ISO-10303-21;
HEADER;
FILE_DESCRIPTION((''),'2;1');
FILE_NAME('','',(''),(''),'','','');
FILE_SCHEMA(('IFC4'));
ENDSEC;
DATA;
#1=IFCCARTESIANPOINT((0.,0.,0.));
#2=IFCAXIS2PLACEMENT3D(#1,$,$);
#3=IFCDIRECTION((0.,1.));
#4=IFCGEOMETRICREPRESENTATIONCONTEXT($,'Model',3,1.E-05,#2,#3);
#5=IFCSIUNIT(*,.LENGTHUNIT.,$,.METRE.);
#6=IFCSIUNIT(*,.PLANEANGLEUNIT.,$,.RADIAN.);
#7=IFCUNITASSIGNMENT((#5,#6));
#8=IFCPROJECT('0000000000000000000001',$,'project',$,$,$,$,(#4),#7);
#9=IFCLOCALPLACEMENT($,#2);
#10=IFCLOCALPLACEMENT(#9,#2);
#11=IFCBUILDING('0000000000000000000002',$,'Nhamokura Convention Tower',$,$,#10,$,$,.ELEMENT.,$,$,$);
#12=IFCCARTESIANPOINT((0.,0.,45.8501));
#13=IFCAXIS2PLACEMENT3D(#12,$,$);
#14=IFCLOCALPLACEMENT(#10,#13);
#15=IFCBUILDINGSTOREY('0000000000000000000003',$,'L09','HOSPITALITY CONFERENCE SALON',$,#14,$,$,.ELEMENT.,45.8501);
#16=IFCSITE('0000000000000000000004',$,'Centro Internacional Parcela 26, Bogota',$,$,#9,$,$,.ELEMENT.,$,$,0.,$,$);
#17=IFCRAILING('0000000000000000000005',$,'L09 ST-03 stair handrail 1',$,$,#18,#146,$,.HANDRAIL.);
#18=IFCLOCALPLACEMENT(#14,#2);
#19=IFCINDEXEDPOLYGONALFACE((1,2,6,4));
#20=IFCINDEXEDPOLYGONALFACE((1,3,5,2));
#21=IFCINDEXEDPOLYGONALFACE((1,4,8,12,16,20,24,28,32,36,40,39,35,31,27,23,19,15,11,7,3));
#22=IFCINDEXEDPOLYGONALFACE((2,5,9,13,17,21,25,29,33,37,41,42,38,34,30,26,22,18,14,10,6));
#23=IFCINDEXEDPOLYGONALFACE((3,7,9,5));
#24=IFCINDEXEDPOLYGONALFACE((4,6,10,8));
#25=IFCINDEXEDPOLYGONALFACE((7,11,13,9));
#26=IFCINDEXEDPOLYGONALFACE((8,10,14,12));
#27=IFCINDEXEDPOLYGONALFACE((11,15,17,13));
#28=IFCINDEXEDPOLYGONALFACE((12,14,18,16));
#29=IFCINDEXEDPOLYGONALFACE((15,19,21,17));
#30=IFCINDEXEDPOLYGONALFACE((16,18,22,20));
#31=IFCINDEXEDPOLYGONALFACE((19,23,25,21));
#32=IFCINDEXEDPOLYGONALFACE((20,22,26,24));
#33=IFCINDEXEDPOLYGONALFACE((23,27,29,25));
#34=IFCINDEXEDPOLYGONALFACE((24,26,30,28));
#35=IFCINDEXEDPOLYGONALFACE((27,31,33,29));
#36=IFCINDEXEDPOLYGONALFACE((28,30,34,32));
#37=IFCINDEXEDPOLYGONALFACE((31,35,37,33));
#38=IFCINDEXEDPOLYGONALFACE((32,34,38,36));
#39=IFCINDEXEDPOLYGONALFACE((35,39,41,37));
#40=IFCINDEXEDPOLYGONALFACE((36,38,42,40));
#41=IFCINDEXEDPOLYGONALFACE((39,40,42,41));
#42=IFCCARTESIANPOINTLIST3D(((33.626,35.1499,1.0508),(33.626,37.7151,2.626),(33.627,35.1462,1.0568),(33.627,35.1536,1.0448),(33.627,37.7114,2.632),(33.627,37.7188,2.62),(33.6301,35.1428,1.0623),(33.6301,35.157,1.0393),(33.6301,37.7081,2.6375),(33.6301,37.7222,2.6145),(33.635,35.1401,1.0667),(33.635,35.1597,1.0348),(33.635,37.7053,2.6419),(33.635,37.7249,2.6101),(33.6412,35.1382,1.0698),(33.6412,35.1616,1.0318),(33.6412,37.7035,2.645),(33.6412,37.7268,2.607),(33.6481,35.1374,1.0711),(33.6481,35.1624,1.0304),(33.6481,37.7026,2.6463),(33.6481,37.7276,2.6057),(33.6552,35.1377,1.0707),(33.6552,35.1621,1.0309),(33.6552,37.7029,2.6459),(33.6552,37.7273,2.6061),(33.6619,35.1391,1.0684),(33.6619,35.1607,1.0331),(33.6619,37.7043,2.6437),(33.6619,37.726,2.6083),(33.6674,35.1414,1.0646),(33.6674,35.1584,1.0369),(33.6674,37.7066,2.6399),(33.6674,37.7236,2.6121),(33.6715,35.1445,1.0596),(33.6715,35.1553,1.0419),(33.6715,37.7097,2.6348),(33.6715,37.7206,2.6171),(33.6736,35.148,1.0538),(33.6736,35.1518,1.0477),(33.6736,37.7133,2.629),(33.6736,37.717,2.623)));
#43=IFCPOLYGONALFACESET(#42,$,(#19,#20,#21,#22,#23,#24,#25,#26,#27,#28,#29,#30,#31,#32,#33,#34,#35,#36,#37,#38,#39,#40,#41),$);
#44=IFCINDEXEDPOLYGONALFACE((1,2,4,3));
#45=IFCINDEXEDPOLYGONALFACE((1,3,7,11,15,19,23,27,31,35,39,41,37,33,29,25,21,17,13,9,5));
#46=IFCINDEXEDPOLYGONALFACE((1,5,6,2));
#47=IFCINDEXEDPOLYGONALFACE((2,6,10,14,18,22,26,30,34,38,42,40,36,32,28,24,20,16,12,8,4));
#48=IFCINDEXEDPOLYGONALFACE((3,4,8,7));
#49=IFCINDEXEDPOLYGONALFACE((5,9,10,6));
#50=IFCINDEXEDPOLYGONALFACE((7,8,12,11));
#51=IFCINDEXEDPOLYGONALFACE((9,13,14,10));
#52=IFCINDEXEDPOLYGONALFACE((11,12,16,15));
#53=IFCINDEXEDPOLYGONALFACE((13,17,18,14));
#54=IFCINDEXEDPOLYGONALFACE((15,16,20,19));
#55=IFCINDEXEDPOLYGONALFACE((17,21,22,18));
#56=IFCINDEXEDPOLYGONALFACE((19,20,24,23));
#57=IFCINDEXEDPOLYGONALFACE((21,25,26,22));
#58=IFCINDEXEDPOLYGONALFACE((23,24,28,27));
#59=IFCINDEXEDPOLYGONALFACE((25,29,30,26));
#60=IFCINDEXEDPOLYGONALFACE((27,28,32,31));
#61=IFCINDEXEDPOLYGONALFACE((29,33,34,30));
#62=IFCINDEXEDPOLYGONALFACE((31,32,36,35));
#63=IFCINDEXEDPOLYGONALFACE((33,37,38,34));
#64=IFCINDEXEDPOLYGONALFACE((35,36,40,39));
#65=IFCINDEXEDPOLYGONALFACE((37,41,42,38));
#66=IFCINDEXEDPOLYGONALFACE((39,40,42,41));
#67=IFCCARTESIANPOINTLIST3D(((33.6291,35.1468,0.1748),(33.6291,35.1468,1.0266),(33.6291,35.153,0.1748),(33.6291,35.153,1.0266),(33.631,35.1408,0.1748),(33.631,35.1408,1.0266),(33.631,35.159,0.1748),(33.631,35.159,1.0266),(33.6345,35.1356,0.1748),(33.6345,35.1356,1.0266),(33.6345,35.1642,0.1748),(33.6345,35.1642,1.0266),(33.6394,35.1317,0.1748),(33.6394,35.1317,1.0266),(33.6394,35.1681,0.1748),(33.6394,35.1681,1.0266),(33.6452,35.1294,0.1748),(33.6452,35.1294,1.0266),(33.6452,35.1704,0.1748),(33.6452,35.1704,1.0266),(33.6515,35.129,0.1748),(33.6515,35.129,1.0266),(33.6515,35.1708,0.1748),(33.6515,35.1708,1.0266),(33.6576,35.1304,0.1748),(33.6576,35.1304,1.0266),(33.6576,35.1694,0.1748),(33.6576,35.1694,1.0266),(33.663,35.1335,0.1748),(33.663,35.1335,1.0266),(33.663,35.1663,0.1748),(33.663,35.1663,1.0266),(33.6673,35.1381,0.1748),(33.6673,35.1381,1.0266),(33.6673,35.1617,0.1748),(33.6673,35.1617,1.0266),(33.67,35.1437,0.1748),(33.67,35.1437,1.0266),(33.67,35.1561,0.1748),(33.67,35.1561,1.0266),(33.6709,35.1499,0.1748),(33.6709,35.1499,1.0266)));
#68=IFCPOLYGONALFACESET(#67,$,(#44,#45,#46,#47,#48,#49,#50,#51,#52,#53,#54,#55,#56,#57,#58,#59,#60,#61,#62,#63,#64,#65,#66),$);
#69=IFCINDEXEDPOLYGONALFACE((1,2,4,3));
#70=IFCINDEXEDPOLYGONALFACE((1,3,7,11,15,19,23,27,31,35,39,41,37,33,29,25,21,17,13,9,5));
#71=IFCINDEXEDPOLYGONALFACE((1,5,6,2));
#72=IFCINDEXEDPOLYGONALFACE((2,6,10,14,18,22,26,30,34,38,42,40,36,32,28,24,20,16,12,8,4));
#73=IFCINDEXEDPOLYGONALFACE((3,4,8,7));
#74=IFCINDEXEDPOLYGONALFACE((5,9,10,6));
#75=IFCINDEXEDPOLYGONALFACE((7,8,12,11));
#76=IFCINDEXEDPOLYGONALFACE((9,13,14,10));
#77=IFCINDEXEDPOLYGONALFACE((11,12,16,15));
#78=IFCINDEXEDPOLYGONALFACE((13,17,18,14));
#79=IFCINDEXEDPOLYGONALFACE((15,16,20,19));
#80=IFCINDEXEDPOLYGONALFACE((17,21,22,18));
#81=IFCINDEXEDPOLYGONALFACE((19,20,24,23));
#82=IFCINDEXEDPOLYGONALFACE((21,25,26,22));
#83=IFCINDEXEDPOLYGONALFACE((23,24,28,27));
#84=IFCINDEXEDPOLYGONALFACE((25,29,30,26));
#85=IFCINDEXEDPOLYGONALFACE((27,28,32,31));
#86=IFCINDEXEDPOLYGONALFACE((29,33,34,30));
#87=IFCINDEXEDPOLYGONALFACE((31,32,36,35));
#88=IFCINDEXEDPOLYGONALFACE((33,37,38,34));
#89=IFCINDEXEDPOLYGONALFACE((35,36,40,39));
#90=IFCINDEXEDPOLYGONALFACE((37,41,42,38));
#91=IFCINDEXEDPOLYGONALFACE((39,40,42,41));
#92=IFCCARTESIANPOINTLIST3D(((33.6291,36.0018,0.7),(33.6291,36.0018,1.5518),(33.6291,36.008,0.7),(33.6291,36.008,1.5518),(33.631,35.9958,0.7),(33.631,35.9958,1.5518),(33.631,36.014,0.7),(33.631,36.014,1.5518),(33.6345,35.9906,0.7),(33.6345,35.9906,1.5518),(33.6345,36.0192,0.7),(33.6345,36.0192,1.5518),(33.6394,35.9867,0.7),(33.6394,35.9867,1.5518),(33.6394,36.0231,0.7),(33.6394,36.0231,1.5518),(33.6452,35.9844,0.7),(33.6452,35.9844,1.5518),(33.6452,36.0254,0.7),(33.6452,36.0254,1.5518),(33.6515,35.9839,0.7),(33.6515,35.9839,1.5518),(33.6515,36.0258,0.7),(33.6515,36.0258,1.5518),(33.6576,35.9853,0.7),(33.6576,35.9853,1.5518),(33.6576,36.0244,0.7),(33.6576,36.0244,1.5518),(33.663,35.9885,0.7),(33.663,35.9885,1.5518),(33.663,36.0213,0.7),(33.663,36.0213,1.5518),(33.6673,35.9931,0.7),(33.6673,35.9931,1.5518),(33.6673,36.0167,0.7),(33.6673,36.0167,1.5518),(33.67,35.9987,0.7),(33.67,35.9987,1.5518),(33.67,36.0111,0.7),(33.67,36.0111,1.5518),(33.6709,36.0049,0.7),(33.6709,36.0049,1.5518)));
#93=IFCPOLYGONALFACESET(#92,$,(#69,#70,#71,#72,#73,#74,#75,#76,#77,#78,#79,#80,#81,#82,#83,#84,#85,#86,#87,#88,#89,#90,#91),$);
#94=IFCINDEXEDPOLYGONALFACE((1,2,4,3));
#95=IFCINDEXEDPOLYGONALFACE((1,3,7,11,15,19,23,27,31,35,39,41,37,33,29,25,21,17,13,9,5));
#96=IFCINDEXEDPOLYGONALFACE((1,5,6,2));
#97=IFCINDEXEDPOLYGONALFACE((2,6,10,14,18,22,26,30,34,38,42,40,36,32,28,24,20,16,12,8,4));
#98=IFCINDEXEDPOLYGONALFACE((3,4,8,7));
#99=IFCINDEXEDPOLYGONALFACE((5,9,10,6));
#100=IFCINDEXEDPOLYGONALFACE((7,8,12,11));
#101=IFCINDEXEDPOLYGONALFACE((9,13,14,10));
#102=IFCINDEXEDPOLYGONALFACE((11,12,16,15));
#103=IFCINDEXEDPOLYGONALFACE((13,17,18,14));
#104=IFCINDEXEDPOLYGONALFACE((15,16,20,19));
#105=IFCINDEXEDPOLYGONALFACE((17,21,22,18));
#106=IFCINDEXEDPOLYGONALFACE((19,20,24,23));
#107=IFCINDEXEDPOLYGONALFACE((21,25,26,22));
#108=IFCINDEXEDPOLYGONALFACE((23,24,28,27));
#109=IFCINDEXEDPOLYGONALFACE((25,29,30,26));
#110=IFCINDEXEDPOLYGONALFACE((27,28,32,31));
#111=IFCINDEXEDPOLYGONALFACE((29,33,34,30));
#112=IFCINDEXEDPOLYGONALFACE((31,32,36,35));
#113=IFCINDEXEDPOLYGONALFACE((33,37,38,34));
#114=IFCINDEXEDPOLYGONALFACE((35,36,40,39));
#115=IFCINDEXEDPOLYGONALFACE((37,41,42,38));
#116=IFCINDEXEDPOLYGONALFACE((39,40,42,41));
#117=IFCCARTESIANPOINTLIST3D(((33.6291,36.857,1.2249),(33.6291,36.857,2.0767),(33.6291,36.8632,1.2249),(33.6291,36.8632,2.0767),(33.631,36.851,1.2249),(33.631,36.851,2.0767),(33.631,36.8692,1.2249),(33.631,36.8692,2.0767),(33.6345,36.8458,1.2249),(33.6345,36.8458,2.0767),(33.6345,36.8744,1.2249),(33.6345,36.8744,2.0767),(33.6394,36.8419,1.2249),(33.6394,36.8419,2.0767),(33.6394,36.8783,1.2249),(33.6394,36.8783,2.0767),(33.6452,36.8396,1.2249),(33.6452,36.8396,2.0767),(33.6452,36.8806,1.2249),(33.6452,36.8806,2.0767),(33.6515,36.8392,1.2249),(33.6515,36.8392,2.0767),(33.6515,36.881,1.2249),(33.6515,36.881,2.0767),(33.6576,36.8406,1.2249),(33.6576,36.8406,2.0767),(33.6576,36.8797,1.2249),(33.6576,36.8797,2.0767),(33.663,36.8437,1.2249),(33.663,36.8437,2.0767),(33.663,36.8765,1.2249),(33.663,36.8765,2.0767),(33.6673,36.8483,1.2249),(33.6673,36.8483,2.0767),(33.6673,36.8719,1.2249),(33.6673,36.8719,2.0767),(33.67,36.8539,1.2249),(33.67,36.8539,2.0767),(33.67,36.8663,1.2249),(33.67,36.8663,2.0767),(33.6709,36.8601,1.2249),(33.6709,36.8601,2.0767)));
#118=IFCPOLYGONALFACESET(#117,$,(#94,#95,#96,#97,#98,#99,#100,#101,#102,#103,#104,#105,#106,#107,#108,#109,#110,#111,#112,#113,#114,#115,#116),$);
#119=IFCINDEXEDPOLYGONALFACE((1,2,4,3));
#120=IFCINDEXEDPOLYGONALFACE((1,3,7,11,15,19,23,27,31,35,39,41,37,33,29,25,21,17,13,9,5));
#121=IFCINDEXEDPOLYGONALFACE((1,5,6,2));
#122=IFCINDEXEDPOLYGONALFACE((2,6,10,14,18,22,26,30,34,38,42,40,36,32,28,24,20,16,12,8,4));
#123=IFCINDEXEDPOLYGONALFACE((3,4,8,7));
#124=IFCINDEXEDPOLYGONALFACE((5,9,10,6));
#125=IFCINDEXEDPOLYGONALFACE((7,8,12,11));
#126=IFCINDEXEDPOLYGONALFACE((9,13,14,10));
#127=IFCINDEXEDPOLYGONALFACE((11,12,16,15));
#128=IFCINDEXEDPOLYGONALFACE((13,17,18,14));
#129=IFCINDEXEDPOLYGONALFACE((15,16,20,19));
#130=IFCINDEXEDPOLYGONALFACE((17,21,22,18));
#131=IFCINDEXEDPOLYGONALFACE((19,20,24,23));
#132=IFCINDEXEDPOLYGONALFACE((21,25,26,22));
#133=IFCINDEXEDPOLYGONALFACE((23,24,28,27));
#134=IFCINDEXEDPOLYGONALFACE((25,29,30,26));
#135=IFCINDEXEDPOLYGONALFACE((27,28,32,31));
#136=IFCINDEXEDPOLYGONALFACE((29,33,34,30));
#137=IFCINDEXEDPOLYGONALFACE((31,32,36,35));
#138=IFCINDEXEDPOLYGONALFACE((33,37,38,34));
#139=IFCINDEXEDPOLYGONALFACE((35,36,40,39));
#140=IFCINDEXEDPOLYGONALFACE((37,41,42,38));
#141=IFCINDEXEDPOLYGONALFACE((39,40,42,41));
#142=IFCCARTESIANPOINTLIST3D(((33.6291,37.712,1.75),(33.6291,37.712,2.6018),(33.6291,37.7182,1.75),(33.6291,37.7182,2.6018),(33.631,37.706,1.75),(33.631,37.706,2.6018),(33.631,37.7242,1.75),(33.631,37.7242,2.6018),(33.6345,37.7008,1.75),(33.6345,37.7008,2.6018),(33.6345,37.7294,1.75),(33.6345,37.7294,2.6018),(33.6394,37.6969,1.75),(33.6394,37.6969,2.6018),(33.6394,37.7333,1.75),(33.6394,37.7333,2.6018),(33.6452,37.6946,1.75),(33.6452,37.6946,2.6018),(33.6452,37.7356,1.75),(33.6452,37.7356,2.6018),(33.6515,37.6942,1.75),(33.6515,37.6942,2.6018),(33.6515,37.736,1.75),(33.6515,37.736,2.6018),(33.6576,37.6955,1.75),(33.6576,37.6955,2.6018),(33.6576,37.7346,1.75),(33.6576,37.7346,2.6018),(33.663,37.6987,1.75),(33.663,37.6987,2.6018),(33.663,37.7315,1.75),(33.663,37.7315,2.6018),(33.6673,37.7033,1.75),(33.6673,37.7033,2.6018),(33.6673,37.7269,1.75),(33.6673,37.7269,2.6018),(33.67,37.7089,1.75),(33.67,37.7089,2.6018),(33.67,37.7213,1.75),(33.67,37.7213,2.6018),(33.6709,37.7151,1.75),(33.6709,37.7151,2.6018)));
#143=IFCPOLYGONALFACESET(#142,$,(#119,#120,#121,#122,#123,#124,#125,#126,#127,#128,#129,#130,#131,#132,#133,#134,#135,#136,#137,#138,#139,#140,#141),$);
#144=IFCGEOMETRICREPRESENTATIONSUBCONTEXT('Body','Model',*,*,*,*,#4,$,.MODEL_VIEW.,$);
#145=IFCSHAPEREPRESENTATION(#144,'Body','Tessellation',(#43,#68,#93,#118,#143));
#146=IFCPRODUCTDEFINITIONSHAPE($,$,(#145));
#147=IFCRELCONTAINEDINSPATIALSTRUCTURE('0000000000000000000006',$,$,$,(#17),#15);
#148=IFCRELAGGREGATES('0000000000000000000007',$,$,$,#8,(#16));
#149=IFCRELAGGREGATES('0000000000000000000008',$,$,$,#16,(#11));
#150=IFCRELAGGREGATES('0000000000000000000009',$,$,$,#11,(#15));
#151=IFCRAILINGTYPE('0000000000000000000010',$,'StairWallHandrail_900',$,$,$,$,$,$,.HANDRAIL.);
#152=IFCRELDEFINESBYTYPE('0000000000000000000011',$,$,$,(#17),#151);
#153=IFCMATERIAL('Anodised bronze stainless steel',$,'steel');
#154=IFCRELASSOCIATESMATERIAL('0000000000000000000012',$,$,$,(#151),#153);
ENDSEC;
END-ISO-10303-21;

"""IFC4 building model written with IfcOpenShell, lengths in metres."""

from ifc_helpers import new_model, si_unit, direction, frame, origin, origin_2d, place, context, subcontext, project, spatial, circle, extrude, material, type_object, element, save


model = new_model("IFC4")

# Units and contexts
model_context = context("Model", 3, precision=1e-05, world=origin(), true_north=direction((0.0, 1.0)))
body_context = subcontext(model_context, "Body", "Model", "MODEL_VIEW")
ifc_project = project(units=[si_unit("LENGTHUNIT", "METRE"), si_unit("PLANEANGLEUNIT", "RADIAN")], contexts=[model_context])

# Site, building, storey
site_placement = place(None, origin())
site = spatial("IfcSite", under=ifc_project, at=site_placement, Name="Centro Internacional Parcela 26, Bogota", CompositionType="ELEMENT", RefElevation=0.0)
building_placement = place(site_placement, origin())
building = spatial("IfcBuilding", under=site, at=building_placement, Name="Nhamokura Convention Tower", CompositionType="ELEMENT")
storey_placement = place(building_placement, frame((0.0, 0.0, 45.8501)))
storey = spatial("IfcBuildingStorey", under=building, at=storey_placement, Name="L09", Description="HOSPITALITY CONFERENCE SALON", CompositionType="ELEMENT", Elevation=45.8501)

# Railing
ifc_material_1 = material(Name="Anodised bronze stainless steel", Category="steel")
railing_type_1 = type_object("IfcRailingType", Name="StairWallHandrail_900", PredefinedType="HANDRAIL", material=ifc_material_1)
railing_1_placement = place(storey_placement, frame((33.6499, 35.1499, 0.1748)))
element("IfcRailing", 1, at=railing_1_placement, inside=storey, type_object=railing_type_1, Name="L09 ST-03 stair handrail 1", PredefinedType="HANDRAIL", context=body_context, shape_type="SweptSolid", body=[
    extrude(circle(Radius=0.0239, at=origin_2d()), frame((0.0, 0.0, 0.876), z_axis=(0.0, 0.852159, 0.523283), x_axis=(-1.0, 0.0, 0.0)), (0.0, 0.0, 1.0), 3.0103),
    extrude(circle(Radius=0.021, at=origin_2d()), origin(), (0.0, 0.0, 1.0), 0.8518),
    extrude(circle(Radius=0.021, at=origin_2d()), frame((0.0, 0.855, 0.5251)), (0.0, 0.0, 1.0), 0.8518),
    extrude(circle(Radius=0.021, at=origin_2d()), frame((0.0, 1.7102, 1.05)), (0.0, 0.0, 1.0), 0.8518),
    extrude(circle(Radius=0.021, at=origin_2d()), frame((0.0, 2.5652, 1.5752)), (0.0, 0.0, 1.0), 0.8518),
])

save(model, "model.ifc")
